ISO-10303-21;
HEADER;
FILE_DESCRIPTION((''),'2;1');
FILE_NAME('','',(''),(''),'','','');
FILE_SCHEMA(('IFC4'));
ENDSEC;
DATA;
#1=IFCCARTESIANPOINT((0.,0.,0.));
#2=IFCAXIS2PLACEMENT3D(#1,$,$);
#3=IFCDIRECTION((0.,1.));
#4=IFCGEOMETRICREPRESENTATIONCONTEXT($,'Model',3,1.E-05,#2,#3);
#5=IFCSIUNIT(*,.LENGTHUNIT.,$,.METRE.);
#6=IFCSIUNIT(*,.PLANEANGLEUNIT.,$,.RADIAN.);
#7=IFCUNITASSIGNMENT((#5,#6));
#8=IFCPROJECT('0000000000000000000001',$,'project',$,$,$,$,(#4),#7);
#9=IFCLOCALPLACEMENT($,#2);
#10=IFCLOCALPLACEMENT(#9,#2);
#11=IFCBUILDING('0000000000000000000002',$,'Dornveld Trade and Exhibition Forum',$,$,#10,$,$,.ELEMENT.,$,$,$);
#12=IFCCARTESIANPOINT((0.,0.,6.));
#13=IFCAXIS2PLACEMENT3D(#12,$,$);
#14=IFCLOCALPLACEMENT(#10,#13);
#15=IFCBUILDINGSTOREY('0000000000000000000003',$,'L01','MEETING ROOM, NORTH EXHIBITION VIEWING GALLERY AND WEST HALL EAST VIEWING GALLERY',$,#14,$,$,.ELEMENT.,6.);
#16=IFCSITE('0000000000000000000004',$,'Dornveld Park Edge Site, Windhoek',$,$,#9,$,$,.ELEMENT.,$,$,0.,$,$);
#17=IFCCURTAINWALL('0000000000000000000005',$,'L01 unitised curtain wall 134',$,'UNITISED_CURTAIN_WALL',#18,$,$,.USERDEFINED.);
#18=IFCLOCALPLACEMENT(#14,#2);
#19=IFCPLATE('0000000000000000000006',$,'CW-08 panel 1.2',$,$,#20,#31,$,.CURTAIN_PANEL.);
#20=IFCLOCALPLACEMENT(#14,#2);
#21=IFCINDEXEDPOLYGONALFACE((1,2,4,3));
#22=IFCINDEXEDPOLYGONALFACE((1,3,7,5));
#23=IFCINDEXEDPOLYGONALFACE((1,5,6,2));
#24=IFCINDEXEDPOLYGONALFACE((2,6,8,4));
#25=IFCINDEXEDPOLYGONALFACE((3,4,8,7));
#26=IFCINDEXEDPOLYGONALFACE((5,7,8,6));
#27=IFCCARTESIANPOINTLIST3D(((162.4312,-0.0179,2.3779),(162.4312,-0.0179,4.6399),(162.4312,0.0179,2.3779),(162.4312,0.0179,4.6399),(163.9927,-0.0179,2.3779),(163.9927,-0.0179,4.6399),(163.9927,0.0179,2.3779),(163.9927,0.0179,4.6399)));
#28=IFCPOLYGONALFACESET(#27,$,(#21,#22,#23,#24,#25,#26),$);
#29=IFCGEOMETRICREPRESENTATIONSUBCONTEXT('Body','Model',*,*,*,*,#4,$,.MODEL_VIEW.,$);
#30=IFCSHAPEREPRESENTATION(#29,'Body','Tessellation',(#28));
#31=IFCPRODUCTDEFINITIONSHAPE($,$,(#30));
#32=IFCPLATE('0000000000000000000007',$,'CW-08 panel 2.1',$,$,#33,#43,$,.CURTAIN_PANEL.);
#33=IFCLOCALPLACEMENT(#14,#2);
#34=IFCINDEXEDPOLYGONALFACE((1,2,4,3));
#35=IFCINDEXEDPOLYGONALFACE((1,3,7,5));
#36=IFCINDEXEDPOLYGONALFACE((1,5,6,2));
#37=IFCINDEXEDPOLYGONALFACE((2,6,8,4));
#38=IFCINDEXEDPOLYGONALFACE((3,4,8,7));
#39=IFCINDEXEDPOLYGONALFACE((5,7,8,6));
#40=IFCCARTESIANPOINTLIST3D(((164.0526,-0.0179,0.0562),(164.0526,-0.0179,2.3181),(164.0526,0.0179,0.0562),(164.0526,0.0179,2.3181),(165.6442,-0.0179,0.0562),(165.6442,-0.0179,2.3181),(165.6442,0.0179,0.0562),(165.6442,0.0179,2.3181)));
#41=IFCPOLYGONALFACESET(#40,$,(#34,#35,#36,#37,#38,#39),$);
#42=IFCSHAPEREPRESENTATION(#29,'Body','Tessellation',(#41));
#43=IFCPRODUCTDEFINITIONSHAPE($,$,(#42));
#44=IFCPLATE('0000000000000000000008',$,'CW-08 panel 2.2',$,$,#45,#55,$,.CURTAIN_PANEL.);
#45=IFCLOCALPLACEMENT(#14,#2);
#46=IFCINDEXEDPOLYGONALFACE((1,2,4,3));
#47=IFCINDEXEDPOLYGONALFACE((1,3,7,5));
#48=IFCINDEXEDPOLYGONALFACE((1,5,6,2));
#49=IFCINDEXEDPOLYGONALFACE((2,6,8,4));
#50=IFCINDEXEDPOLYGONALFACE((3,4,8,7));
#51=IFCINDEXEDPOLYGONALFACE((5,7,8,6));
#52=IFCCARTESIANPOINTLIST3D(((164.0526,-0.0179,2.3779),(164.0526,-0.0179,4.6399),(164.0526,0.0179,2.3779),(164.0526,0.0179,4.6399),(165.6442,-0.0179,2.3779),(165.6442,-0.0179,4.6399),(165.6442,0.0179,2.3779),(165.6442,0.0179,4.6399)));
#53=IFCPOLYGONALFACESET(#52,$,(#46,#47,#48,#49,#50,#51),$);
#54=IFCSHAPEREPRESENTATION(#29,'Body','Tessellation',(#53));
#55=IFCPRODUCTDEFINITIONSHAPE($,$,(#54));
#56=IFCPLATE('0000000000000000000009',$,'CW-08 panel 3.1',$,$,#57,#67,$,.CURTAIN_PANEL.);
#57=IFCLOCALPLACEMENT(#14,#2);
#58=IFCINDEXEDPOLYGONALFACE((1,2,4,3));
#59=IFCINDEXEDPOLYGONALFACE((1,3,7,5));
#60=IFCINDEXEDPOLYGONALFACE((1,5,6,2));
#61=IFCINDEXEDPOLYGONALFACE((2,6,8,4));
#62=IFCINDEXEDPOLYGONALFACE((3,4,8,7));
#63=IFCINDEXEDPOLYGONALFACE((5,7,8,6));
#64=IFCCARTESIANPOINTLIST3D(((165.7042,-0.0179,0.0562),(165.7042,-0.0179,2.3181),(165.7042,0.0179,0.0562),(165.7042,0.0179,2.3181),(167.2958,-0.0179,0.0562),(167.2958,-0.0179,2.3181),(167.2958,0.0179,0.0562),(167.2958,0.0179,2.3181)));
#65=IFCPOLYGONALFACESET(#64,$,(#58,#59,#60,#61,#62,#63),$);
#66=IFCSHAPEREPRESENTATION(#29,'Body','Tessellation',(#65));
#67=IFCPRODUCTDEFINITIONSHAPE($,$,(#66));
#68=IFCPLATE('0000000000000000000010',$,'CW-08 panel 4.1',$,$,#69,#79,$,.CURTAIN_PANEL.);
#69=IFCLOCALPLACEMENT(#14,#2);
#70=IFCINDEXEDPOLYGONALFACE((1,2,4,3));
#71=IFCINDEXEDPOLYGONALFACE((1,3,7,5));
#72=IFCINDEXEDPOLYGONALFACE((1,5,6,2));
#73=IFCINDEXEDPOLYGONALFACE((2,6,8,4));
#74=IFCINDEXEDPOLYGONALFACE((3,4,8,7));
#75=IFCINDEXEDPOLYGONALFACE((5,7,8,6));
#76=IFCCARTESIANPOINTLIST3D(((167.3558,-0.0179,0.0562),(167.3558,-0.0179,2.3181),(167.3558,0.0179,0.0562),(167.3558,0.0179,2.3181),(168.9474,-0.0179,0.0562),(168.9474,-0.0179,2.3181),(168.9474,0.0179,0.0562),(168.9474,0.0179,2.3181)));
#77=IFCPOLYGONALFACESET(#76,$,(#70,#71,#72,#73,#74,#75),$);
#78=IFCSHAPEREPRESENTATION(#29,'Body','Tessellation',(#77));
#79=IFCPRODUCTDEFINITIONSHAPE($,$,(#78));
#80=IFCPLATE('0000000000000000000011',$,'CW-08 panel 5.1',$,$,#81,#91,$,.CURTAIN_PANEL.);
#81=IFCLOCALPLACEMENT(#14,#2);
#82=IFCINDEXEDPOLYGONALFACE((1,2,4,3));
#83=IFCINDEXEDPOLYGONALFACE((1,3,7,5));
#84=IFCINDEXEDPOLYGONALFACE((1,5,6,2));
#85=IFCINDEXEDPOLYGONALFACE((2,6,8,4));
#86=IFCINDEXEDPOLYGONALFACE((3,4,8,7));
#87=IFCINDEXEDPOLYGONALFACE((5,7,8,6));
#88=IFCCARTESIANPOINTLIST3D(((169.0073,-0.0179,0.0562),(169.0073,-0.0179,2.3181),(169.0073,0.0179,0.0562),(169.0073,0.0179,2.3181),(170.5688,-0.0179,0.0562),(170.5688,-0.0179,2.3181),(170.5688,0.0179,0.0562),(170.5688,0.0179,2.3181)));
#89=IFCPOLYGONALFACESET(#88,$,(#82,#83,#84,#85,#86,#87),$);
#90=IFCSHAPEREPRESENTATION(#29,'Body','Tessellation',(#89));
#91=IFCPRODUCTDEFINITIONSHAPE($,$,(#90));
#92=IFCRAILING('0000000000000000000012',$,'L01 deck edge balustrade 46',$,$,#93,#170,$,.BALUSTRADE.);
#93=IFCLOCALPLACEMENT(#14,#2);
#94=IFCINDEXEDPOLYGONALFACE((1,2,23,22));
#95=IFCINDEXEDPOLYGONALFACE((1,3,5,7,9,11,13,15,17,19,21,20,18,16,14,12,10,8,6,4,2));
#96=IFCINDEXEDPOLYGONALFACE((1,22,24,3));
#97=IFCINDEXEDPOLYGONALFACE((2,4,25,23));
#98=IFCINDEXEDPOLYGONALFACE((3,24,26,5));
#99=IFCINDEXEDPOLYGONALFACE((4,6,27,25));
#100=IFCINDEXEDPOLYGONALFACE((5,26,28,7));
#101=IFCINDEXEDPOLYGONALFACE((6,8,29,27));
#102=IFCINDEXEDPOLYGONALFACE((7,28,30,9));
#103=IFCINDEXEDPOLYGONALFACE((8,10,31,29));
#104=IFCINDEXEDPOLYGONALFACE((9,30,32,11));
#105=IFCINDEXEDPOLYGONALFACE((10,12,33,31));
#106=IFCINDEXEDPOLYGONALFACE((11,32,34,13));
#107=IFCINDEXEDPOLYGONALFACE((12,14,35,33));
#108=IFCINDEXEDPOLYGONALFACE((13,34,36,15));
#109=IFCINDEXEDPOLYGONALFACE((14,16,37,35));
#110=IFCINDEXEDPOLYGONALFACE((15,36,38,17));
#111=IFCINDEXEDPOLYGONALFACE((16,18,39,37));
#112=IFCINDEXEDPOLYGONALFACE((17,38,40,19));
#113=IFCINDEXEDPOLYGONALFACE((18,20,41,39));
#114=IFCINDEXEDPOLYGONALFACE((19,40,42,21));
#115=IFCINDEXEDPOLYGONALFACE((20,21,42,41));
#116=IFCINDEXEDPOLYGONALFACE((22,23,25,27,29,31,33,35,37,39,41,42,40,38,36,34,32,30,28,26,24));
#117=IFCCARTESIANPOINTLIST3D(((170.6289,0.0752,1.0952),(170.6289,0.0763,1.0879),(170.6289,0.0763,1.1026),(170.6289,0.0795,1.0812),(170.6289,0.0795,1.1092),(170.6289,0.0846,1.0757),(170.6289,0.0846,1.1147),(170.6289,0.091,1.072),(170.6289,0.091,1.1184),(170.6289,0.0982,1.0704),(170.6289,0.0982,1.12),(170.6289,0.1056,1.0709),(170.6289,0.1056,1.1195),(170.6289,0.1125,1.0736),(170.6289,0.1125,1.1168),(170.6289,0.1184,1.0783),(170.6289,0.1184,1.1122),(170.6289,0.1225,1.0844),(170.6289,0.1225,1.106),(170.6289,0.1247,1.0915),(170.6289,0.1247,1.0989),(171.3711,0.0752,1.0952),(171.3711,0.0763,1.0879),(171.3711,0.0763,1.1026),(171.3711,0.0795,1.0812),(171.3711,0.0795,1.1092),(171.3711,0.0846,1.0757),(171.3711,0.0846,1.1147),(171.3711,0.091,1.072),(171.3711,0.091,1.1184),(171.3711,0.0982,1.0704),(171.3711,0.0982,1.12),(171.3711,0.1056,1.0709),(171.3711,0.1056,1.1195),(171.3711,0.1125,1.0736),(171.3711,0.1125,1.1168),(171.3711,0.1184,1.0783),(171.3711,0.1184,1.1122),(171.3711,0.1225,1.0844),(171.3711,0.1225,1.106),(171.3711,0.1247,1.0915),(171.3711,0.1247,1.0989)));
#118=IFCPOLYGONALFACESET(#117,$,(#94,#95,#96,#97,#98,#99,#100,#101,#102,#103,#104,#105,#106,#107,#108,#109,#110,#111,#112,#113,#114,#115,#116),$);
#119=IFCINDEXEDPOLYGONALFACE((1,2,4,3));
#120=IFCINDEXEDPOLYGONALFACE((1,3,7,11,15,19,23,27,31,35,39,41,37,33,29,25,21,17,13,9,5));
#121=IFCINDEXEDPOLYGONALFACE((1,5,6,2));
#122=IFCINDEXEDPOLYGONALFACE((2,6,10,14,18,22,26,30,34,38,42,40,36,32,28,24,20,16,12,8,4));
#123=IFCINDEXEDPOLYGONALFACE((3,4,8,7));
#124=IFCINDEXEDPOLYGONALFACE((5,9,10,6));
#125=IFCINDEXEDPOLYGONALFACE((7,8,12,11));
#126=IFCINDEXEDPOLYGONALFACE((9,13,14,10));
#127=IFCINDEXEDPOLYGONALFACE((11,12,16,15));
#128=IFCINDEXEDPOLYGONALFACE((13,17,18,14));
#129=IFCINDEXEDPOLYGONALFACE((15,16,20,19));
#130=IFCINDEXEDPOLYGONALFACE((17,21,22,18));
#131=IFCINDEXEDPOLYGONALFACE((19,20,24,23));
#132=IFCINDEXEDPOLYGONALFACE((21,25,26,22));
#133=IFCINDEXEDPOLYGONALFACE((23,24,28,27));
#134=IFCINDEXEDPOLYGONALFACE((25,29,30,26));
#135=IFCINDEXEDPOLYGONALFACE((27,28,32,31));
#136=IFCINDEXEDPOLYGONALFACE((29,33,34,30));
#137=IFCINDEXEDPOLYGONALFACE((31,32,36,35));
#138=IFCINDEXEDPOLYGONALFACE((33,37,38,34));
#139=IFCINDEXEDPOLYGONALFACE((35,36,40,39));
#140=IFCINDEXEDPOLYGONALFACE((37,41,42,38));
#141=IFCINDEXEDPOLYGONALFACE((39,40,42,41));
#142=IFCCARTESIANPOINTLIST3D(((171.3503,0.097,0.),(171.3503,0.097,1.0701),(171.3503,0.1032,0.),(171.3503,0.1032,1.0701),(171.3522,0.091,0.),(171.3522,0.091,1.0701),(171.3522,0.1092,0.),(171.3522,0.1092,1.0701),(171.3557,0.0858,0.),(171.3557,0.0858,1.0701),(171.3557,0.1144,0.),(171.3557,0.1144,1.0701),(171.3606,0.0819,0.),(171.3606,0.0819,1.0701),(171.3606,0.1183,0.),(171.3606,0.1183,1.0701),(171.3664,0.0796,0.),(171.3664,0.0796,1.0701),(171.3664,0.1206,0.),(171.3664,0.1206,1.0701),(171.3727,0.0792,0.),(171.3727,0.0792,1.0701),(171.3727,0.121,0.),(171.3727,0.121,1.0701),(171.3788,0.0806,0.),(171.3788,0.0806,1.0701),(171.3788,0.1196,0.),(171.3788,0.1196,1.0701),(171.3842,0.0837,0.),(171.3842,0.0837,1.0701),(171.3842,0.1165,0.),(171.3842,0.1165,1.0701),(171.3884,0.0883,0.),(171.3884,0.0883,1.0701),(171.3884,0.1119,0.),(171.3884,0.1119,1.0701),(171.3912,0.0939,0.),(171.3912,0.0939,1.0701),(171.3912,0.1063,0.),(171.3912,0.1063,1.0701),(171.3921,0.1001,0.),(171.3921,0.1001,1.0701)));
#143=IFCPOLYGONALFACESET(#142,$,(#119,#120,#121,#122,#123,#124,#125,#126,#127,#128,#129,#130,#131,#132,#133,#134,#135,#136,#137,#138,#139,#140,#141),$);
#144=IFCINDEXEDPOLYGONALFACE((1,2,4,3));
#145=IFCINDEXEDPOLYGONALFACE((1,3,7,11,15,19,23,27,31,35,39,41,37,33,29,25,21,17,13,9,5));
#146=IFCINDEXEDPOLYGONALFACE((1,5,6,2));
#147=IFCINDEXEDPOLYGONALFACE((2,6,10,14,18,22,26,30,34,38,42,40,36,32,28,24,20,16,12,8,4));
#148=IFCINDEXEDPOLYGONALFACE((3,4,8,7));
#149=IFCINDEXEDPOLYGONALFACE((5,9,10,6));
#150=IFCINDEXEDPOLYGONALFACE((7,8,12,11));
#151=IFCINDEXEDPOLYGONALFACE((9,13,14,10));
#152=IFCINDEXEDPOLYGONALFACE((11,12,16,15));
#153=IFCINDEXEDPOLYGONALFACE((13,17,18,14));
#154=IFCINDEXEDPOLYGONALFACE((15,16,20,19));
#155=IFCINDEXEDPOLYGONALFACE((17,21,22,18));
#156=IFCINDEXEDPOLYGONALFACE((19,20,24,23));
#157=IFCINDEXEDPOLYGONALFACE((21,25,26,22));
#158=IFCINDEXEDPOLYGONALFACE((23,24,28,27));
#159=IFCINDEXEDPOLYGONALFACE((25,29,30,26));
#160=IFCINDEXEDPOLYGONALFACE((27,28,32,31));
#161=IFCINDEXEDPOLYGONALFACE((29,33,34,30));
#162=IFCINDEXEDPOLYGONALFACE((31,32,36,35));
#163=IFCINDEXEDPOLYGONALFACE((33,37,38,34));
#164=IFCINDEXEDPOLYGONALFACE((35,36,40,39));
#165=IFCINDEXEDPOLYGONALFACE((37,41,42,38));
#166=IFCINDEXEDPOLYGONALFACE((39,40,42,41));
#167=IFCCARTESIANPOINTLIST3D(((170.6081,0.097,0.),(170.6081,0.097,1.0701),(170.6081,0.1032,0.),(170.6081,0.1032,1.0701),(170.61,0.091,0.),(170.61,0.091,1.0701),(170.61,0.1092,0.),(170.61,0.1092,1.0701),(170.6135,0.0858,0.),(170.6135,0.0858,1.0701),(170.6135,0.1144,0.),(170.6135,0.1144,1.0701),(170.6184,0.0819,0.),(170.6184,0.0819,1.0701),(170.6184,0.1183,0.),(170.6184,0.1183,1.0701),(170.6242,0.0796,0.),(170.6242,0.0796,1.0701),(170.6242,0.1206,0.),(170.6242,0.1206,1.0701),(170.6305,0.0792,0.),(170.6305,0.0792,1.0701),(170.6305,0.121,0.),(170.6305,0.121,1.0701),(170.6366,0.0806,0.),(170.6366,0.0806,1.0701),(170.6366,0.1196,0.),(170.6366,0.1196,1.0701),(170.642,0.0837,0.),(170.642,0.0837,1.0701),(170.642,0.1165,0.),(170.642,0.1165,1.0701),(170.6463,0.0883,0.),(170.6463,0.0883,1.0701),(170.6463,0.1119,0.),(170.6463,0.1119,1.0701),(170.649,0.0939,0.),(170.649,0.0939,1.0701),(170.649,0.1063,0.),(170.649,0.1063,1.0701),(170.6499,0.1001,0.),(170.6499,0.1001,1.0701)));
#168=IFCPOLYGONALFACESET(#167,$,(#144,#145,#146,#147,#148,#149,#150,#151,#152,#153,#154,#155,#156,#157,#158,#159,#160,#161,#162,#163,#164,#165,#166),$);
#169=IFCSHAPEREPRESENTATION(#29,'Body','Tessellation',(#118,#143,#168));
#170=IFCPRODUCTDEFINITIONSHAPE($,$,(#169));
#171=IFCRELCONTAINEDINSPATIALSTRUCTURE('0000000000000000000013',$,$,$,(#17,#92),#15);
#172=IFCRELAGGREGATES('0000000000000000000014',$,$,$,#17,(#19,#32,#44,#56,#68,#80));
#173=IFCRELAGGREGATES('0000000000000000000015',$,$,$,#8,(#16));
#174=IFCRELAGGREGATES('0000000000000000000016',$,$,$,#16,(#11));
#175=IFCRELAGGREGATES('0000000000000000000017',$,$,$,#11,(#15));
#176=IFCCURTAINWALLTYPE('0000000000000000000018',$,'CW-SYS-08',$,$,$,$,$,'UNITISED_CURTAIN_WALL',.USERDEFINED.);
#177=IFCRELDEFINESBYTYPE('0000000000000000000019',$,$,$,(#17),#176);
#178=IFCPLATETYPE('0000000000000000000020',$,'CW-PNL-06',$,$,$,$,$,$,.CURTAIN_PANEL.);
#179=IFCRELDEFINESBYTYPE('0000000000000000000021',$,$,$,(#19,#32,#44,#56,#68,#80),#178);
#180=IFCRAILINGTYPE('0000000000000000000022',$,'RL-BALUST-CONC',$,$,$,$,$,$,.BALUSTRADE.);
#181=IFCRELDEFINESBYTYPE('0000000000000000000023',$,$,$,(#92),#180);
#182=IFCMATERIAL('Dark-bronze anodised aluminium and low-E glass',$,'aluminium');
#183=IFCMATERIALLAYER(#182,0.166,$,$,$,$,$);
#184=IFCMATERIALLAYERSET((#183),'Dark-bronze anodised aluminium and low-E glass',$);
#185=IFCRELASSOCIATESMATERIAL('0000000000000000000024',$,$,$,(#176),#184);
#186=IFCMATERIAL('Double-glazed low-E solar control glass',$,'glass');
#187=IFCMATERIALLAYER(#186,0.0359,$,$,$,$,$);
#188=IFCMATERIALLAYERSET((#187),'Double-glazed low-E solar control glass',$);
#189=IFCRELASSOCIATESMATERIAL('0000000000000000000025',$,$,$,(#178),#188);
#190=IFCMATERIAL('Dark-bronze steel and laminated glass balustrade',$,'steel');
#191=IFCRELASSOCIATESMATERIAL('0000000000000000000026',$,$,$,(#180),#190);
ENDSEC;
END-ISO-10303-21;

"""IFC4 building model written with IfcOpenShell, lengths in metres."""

from ifc_helpers import new_model, si_unit, direction, frame, origin, origin_2d, place, context, subcontext, project, spatial, rectangle, circle, extrude, material, layer, layer_set, type_object, element, aggregate, save


model = new_model("IFC4")

# Units and contexts
model_context = context("Model", 3, precision=1e-05, world=origin(), true_north=direction((0.0, 1.0)))
body_context = subcontext(model_context, "Body", "Model", "MODEL_VIEW")
ifc_project = project(units=[si_unit("LENGTHUNIT", "METRE"), si_unit("PLANEANGLEUNIT", "RADIAN")], contexts=[model_context])

# Site, building, storey
site_placement = place(None, origin())
site = spatial("IfcSite", under=ifc_project, at=site_placement, Name="Dornveld Park Edge Site, Windhoek", CompositionType="ELEMENT", RefElevation=0.0)
building_placement = place(site_placement, origin())
building = spatial("IfcBuilding", under=site, at=building_placement, Name="Dornveld Trade and Exhibition Forum", CompositionType="ELEMENT")
storey_placement = place(building_placement, frame((0.0, 0.0, 6.0)))
storey = spatial("IfcBuildingStorey", under=building, at=storey_placement, Name="L01", Description="MEETING ROOM, NORTH EXHIBITION VIEWING GALLERY AND WEST HALL EAST VIEWING GALLERY", CompositionType="ELEMENT", Elevation=6.0)

# Curtain wall
ifc_material_1 = material(Name="Dark-bronze anodised aluminium and low-E glass", Category="aluminium")
ifc_layer_1 = layer(ifc_material_1, 0.166)
ifc_layer_set_1 = layer_set([ifc_layer_1], Name="Dark-bronze anodised aluminium and low-E glass")
curtain_wall_type_1 = type_object("IfcCurtainWallType", Name="CW-SYS-08", ElementType="UNITISED_CURTAIN_WALL", PredefinedType="USERDEFINED", material=ifc_layer_set_1)
curtain_wall_1_placement = place(storey_placement, origin())
curtain_wall_1 = element("IfcCurtainWall", 1, at=curtain_wall_1_placement, inside=storey, type_object=curtain_wall_type_1, Name="L01 unitised curtain wall 134", ObjectType="UNITISED_CURTAIN_WALL", PredefinedType="USERDEFINED")

# Plates
ifc_material_2 = material(Name="Double-glazed low-E solar control glass", Category="glass")
ifc_layer_2 = layer(ifc_material_2, 0.0359)
ifc_layer_set_2 = layer_set([ifc_layer_2], Name="Double-glazed low-E solar control glass")
plate_type = type_object("IfcPlateType", Name="CW-PNL-06", PredefinedType="CURTAIN_PANEL", material=ifc_layer_set_2)
plate_1_placement = place(storey_placement, frame((163.2119, 0.0, 2.3779), z_axis=(0.0, 0.0, 1.0), x_axis=(1.0, 0.0, 0.0)))
plate_1 = element("IfcPlate", 2, at=plate_1_placement, type_object=plate_type, Name="CW-08 panel 1.2", PredefinedType="CURTAIN_PANEL", context=body_context, shape_type="SweptSolid", body=[
    extrude(rectangle(XDim=1.5615, YDim=0.0359, at=origin_2d()), origin(), (0.0, 0.0, 1.0), 2.262),
])
plate_2_placement = place(storey_placement, frame((164.8484, 0.0, 0.0562), z_axis=(0.0, 0.0, 1.0), x_axis=(1.0, 0.0, 0.0)))
plate_2 = element("IfcPlate", 3, at=plate_2_placement, type_object=plate_type, Name="CW-08 panel 2.1", PredefinedType="CURTAIN_PANEL", context=body_context, shape_type="SweptSolid", body=[
    extrude(rectangle(XDim=1.5916, YDim=0.0359, at=origin_2d()), origin(), (0.0, 0.0, 1.0), 2.262),
])
plate_3_placement = place(storey_placement, frame((164.8484, 0.0, 2.3779), z_axis=(0.0, 0.0, 1.0), x_axis=(1.0, 0.0, 0.0)))
plate_3 = element("IfcPlate", 4, at=plate_3_placement, type_object=plate_type, Name="CW-08 panel 2.2", PredefinedType="CURTAIN_PANEL", context=body_context, shape_type="SweptSolid", body=[
    extrude(rectangle(XDim=1.5916, YDim=0.0359, at=origin_2d()), origin(), (0.0, 0.0, 1.0), 2.262),
])
plate_4_placement = place(storey_placement, frame((166.5, 0.0, 0.0562), z_axis=(0.0, 0.0, 1.0), x_axis=(1.0, 0.0, 0.0)))
plate_4 = element("IfcPlate", 5, at=plate_4_placement, type_object=plate_type, Name="CW-08 panel 3.1", PredefinedType="CURTAIN_PANEL", context=body_context, shape_type="SweptSolid", body=[
    extrude(rectangle(XDim=1.5916, YDim=0.0359, at=origin_2d()), origin(), (0.0, 0.0, 1.0), 2.262),
])
plate_5_placement = place(storey_placement, frame((168.1516, 0.0, 0.0562), z_axis=(0.0, 0.0, 1.0), x_axis=(1.0, 0.0, 0.0)))
plate_5 = element("IfcPlate", 6, at=plate_5_placement, type_object=plate_type, Name="CW-08 panel 4.1", PredefinedType="CURTAIN_PANEL", context=body_context, shape_type="SweptSolid", body=[
    extrude(rectangle(XDim=1.5916, YDim=0.0359, at=origin_2d()), origin(), (0.0, 0.0, 1.0), 2.262),
])
plate_6_placement = place(storey_placement, frame((169.7881, 0.0, 0.0562), z_axis=(0.0, 0.0, 1.0), x_axis=(1.0, 0.0, 0.0)))
plate_6 = element("IfcPlate", 7, at=plate_6_placement, type_object=plate_type, Name="CW-08 panel 5.1", PredefinedType="CURTAIN_PANEL", context=body_context, shape_type="SweptSolid", body=[
    extrude(rectangle(XDim=1.5615, YDim=0.0359, at=origin_2d()), origin(), (0.0, 0.0, 1.0), 2.262),
])
aggregate(curtain_wall_1, [plate_1, plate_2, plate_3, plate_4, plate_5, plate_6])

# Railing
ifc_material_3 = material(Name="Dark-bronze steel and laminated glass balustrade", Category="steel")
railing_type = type_object("IfcRailingType", Name="RL-BALUST-CONC", PredefinedType="BALUSTRADE", material=ifc_material_3)
for number, where, name in (
    (8, (171.3711, 0.1001, 0.0), "L01 deck edge balustrade 46"),
):
    element("IfcRailing", number, at=place(storey_placement, frame(where)), inside=storey, type_object=railing_type, Name=name, PredefinedType="BALUSTRADE", context=body_context, shape_type="SweptSolid", body=[
        extrude(circle(Radius=0.0249, at=origin_2d()), frame((0.0, 0.0, 1.0952), z_axis=(-1.0, 0.0, 0.0), x_axis=(0.0, -1.0, 0.0)), (0.0, 0.0, 1.0), 0.7422),
        extrude(circle(Radius=0.021, at=origin_2d()), origin(), (0.0, 0.0, 1.0), 1.0701),
        extrude(circle(Radius=0.021, at=origin_2d()), frame((-0.7422, 0.0, 0.0)), (0.0, 0.0, 1.0), 1.0701),
    ])

save(model, "model.ifc")
